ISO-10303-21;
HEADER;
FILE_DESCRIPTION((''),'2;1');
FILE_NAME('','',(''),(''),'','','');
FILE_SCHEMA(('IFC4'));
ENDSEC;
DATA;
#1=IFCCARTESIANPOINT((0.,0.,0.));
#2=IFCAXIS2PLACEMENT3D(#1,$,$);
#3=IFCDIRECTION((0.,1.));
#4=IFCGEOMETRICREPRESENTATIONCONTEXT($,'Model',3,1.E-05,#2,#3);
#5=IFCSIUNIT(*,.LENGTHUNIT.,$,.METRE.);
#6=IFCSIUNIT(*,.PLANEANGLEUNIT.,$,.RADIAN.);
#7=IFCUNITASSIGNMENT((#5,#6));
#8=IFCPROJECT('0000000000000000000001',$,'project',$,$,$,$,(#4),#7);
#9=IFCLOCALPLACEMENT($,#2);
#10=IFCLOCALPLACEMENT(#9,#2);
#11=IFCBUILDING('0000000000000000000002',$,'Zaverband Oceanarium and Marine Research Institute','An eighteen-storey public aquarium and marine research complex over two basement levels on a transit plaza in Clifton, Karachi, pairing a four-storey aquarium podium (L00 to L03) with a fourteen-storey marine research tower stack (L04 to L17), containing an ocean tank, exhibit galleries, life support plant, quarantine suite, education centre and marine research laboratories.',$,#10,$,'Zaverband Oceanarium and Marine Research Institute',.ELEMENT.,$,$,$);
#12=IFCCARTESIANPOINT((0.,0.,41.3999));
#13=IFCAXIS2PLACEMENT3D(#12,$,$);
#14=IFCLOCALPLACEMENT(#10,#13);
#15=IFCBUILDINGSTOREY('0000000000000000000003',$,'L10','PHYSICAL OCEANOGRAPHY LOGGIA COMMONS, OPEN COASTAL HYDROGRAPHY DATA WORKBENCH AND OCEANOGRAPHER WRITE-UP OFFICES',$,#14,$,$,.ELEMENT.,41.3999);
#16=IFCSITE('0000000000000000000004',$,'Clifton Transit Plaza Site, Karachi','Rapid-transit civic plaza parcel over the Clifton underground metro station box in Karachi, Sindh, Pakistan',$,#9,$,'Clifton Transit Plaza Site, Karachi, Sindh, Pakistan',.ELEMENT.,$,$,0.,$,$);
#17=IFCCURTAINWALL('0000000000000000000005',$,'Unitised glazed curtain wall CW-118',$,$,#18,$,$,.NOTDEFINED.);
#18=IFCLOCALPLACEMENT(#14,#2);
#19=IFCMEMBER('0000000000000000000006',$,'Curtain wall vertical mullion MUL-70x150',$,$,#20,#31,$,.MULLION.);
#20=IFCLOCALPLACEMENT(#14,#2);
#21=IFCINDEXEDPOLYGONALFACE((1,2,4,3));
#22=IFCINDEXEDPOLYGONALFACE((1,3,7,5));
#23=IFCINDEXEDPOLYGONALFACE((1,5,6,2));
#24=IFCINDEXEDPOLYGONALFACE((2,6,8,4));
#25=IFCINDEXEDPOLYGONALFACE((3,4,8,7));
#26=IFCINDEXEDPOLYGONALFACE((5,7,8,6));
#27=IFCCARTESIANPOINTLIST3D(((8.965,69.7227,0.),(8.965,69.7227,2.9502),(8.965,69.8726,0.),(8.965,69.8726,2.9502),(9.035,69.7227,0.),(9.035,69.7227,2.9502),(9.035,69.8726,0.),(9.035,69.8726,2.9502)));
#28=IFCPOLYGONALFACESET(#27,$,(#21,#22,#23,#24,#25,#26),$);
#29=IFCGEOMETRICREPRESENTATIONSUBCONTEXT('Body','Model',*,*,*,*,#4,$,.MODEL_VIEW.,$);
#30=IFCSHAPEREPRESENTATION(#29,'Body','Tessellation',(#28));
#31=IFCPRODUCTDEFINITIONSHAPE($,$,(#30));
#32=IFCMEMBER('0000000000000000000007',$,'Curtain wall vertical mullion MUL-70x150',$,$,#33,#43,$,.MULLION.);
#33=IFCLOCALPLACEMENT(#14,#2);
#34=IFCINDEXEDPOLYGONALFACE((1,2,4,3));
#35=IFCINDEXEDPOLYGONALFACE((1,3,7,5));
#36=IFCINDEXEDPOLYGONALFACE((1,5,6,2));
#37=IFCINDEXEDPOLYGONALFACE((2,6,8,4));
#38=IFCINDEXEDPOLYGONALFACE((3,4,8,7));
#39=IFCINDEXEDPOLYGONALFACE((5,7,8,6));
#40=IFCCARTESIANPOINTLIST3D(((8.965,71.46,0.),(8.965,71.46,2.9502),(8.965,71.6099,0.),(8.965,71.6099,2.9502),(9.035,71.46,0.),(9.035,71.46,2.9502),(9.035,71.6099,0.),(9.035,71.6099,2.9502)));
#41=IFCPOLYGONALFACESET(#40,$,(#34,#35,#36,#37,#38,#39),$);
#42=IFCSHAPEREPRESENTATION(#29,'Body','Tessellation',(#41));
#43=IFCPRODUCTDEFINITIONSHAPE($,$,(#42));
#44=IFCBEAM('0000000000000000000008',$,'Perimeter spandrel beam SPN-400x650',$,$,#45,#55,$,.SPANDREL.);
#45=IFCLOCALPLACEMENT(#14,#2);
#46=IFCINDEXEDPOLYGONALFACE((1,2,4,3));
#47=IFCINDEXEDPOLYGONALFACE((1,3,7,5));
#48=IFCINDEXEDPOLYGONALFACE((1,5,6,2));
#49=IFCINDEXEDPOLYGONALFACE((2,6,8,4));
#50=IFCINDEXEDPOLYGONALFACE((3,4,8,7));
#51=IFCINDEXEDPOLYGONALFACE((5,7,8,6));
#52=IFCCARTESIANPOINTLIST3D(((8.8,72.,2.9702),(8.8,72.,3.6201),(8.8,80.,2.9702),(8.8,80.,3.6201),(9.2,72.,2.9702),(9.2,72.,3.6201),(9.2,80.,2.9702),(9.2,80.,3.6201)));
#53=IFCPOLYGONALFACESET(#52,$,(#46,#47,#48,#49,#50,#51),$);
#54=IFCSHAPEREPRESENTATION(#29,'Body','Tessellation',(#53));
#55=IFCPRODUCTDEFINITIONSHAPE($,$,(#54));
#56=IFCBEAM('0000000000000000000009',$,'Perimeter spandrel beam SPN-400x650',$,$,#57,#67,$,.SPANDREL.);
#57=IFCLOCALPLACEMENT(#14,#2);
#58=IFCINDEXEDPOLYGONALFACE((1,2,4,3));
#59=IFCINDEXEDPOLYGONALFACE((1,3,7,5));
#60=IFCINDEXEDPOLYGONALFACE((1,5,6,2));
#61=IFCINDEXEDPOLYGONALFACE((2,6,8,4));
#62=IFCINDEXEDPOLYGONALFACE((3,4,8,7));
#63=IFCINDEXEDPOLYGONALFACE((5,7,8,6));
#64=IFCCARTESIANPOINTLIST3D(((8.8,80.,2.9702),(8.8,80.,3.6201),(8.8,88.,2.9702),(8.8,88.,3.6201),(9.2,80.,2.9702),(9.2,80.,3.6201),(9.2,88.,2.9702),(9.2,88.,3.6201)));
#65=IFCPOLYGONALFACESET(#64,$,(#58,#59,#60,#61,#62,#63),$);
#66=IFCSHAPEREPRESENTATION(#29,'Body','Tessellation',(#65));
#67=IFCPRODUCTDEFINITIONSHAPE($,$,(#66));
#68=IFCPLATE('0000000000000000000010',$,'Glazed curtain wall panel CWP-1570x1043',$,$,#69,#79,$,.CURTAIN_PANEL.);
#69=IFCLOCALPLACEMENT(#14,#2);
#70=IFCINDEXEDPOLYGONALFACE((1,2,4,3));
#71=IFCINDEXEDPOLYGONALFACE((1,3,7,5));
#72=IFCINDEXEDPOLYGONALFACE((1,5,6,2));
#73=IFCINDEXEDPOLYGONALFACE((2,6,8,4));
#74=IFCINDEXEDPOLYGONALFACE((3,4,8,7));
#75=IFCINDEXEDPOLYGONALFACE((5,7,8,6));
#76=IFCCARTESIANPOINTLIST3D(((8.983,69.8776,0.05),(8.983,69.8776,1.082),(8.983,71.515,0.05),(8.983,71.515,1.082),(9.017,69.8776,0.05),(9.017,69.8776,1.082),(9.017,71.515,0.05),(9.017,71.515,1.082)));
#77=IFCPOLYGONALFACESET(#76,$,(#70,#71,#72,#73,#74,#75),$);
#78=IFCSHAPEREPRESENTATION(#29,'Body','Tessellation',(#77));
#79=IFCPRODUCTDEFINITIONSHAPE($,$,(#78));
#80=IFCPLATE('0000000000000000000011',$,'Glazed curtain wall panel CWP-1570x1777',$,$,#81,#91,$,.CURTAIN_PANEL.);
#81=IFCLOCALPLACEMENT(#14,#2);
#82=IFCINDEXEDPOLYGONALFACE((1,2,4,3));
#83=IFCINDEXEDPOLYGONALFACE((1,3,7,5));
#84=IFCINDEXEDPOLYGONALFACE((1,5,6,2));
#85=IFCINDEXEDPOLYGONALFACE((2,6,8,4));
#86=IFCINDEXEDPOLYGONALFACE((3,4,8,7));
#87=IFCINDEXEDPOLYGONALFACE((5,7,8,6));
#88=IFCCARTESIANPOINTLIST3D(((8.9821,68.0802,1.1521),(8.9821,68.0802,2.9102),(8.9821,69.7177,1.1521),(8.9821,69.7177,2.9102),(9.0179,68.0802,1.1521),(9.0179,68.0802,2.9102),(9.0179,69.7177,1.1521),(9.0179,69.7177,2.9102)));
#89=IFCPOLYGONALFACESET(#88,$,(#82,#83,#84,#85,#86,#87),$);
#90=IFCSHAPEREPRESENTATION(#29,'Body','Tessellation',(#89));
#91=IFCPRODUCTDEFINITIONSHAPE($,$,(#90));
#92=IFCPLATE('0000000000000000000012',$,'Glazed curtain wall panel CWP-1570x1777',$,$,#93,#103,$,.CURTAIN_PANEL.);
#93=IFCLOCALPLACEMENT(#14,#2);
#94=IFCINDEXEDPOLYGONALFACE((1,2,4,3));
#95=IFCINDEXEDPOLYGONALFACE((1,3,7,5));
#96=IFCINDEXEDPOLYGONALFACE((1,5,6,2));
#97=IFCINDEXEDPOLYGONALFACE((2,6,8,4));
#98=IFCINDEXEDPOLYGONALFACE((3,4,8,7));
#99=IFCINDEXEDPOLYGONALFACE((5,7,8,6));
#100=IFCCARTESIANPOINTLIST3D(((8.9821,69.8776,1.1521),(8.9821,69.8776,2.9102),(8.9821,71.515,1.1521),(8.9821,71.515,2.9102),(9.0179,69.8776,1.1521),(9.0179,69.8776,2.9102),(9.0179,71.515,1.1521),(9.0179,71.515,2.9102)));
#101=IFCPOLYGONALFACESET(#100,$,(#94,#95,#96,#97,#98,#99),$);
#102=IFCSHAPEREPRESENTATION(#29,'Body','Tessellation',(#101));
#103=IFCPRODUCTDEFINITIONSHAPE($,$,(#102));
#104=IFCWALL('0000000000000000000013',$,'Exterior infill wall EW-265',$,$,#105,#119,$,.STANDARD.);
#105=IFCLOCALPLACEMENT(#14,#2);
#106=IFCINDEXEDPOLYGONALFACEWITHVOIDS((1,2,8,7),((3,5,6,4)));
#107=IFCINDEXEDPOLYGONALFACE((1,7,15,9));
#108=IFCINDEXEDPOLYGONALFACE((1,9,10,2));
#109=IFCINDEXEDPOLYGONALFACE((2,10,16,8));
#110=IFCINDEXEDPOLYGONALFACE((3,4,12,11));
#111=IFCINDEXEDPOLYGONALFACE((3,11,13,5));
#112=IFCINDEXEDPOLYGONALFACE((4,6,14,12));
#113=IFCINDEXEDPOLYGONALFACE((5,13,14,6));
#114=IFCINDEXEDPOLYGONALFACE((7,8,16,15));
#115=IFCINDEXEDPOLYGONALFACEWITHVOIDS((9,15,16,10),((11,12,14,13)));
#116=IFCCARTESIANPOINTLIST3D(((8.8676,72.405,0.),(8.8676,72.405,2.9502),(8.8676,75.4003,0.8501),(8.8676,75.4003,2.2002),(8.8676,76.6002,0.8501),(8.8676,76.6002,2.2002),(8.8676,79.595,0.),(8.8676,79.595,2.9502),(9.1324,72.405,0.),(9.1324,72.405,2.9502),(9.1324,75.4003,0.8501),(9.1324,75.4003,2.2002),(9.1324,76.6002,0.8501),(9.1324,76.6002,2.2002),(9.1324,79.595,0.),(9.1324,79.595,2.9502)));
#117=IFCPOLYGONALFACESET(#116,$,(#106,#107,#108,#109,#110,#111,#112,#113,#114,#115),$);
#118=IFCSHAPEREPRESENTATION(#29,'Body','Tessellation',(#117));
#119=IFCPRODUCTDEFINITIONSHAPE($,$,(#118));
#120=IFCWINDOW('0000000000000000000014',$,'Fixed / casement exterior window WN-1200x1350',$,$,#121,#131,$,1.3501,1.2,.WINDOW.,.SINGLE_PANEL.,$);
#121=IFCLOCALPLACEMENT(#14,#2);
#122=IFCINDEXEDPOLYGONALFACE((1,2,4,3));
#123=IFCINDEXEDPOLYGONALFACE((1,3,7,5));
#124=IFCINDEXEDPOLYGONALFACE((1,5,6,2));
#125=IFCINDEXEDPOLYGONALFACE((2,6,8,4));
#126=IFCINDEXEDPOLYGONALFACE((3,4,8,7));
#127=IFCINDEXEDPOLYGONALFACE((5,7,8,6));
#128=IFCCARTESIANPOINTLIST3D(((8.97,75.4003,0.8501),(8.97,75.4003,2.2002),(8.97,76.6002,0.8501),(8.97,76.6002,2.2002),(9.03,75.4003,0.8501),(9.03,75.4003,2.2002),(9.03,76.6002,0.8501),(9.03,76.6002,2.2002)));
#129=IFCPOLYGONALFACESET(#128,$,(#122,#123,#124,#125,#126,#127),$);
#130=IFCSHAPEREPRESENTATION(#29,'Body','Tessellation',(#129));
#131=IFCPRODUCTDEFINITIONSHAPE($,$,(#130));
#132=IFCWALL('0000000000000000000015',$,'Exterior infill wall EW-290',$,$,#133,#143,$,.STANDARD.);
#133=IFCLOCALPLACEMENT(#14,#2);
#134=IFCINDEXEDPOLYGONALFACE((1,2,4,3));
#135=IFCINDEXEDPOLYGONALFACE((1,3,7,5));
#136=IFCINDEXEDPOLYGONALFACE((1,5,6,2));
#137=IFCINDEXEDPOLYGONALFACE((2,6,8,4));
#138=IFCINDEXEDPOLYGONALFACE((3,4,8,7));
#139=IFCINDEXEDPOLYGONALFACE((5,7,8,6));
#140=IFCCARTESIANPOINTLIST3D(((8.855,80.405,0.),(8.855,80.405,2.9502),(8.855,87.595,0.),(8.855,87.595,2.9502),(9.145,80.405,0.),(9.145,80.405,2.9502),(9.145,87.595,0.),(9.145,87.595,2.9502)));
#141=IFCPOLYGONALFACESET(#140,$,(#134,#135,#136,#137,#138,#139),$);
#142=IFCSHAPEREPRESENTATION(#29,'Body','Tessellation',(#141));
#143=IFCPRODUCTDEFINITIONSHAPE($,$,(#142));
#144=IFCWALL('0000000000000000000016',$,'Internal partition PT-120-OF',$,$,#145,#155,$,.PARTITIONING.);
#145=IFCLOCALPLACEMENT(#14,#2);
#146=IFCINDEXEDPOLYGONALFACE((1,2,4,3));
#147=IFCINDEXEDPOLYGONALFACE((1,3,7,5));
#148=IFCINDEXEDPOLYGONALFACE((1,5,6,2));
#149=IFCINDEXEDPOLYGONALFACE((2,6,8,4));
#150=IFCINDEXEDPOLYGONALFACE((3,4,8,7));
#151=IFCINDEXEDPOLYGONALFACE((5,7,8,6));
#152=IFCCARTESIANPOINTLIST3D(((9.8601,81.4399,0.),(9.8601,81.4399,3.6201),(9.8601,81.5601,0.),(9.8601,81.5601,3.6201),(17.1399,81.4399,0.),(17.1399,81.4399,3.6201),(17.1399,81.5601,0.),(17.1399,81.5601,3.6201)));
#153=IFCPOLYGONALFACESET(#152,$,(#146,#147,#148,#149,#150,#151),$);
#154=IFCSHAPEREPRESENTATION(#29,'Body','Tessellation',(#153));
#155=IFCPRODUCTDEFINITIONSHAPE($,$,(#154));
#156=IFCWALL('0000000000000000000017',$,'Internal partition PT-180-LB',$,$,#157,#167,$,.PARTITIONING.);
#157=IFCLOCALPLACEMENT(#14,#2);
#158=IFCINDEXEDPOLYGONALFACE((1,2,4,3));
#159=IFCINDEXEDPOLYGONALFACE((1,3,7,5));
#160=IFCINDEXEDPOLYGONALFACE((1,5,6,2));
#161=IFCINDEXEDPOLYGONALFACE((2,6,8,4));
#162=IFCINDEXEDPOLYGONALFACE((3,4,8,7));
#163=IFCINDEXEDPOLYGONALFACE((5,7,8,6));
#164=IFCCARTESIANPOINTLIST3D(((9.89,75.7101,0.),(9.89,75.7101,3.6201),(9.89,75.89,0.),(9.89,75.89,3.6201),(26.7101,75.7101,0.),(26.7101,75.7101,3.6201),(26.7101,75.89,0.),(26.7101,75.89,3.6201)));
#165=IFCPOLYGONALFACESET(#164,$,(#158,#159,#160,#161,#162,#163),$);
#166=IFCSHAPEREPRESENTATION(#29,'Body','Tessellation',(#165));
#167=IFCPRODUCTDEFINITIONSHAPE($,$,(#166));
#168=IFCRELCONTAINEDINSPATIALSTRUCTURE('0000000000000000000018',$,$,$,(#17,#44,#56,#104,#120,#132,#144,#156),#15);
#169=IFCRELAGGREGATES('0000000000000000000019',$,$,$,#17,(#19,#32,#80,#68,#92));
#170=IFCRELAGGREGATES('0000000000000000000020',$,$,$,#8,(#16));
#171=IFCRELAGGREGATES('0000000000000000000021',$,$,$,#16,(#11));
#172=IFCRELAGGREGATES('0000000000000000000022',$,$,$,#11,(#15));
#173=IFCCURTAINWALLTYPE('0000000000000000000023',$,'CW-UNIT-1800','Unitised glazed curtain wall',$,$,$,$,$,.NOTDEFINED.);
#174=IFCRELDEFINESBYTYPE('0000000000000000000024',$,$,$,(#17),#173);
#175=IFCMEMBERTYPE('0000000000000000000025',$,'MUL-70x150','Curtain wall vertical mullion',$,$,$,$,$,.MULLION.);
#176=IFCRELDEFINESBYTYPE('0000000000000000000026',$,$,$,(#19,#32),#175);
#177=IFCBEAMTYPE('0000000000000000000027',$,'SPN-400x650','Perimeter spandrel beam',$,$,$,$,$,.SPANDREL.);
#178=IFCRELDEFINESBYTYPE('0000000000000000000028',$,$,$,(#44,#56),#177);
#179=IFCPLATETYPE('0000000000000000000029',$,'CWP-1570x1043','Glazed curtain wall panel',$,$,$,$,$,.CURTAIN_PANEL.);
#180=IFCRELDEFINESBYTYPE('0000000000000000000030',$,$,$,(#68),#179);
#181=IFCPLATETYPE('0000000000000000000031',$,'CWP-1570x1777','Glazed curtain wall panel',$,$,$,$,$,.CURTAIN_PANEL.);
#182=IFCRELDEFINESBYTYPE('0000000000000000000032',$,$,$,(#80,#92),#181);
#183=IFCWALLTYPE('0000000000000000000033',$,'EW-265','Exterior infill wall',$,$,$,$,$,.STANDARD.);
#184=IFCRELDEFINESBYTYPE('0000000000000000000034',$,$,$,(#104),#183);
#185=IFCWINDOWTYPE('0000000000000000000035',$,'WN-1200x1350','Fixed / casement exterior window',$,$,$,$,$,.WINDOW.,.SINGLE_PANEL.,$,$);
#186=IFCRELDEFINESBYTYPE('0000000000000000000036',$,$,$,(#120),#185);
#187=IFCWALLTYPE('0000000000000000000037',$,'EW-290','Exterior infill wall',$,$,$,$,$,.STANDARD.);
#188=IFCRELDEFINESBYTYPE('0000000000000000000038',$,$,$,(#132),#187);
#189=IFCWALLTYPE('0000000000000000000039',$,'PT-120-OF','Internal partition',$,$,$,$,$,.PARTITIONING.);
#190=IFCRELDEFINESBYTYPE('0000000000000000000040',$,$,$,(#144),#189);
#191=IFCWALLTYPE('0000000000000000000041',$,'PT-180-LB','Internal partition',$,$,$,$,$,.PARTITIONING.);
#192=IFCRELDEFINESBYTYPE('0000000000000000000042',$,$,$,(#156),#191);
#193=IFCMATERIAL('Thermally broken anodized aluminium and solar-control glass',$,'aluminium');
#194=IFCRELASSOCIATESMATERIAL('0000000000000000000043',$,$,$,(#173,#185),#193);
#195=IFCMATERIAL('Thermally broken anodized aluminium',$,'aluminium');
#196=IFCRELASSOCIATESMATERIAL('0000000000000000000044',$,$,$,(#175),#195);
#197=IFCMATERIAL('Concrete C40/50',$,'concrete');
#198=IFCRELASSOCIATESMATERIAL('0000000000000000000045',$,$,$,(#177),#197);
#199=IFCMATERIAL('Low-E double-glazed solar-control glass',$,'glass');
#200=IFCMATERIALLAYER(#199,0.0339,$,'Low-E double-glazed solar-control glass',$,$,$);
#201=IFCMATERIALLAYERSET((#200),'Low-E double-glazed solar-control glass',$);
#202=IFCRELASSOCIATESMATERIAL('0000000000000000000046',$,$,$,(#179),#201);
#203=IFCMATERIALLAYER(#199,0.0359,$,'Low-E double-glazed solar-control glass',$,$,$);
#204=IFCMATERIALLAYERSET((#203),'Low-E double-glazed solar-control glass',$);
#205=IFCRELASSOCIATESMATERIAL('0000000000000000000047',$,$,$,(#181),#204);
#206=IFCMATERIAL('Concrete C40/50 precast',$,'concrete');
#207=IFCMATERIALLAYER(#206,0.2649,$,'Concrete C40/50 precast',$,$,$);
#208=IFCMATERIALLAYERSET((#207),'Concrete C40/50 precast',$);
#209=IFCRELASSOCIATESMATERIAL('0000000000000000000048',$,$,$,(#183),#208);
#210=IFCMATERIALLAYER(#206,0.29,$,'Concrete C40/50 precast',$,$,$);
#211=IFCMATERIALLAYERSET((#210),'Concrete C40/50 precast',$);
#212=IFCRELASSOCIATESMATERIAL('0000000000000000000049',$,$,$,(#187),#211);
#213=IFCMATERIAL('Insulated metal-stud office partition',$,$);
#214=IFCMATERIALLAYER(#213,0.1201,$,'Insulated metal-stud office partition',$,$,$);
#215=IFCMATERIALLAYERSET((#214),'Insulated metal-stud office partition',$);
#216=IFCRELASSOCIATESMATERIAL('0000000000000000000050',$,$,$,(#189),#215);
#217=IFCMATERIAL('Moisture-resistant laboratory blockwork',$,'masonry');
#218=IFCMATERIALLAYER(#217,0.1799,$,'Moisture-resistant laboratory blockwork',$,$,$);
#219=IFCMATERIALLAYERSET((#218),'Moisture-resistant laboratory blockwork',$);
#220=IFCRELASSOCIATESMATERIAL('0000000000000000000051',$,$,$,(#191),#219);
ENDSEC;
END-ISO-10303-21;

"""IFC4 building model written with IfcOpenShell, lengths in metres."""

from ifc_helpers import new_model, si_unit, direction, frame, frame_2d, origin, origin_2d, place, context, subcontext, project, spatial, rectangle, extrude, material, layer, layer_set, material_profile, profile_set, type_object, element, fill, aggregate, save


model = new_model("IFC4")

# Units and contexts
model_context = context("Model", 3, precision=1e-05, world=origin(), true_north=direction((0.0, 1.0)))
body_context = subcontext(model_context, "Body", "Model", "MODEL_VIEW")
ifc_project = project(units=[si_unit("LENGTHUNIT", "METRE"), si_unit("PLANEANGLEUNIT", "RADIAN")], contexts=[model_context])

# Site, building, storey
site_placement = place(None, origin())
site = spatial("IfcSite", under=ifc_project, at=site_placement, Name="Clifton Transit Plaza Site, Karachi", Description="Rapid-transit civic plaza parcel over the Clifton underground metro station box in Karachi, Sindh, Pakistan", LongName="Clifton Transit Plaza Site, Karachi, Sindh, Pakistan", CompositionType="ELEMENT", RefElevation=0.0)
building_placement = place(site_placement, origin())
building = spatial("IfcBuilding", under=site, at=building_placement, Name="Zaverband Oceanarium and Marine Research Institute", Description="An eighteen-storey public aquarium and marine research complex over two basement levels on a transit plaza in Clifton, Karachi, pairing a four-storey aquarium podium (L00 to L03) with a fourteen-storey marine research tower stack (L04 to L17), containing an ocean tank, exhibit galleries, life support plant, quarantine suite, education centre and marine research laboratories.", LongName="Zaverband Oceanarium and Marine Research Institute", CompositionType="ELEMENT")
storey_placement = place(building_placement, frame((0.0, 0.0, 41.3999)))
storey = spatial("IfcBuildingStorey", under=building, at=storey_placement, Name="L10", Description="PHYSICAL OCEANOGRAPHY LOGGIA COMMONS, OPEN COASTAL HYDROGRAPHY DATA WORKBENCH AND OCEANOGRAPHER WRITE-UP OFFICES", CompositionType="ELEMENT", Elevation=41.3999)

# Shared definitions
ifc_material_1 = material(Name="Concrete C40/50", Category="concrete")

# Curtain wall, members
ifc_material_2 = material(Name="Thermally broken anodized aluminium and solar-control glass", Category="aluminium")
curtain_wall_type = type_object("IfcCurtainWallType", Name="CW-UNIT-1800", Description="Unitised glazed curtain wall", PredefinedType="NOTDEFINED", material=ifc_material_2)
curtain_wall_placement = place(storey_placement, origin())
curtain_wall = element("IfcCurtainWall", 1, at=curtain_wall_placement, inside=storey, type_object=curtain_wall_type, Name="Unitised glazed curtain wall CW-118", PredefinedType="NOTDEFINED")
ifc_material_3 = material(Name="Thermally broken anodized aluminium", Category="aluminium")
ifc_material_profile_1 = material_profile(ifc_material_3, rectangle(XDim=0.0701, YDim=0.1499, at=origin_2d()), Name="AL-MUL-70x150")
ifc_profile_set_1 = profile_set([ifc_material_profile_1], Name="Thermally broken anodized aluminium")
member_type_1 = type_object("IfcMemberType", Name="MUL-70x150", Description="Curtain wall vertical mullion", PredefinedType="MULLION", material=ifc_profile_set_1)
member_1_placement = place(storey_placement, frame((9.0, 69.7976, 0.0), z_axis=(0.0, 0.0, 1.0), x_axis=(1.0, 0.0, 0.0)))
member_1 = element("IfcMember", 2, at=member_1_placement, type_object=member_type_1, Name="Curtain wall vertical mullion MUL-70x150", PredefinedType="MULLION", context=body_context, shape_type="SweptSolid", body=[
    extrude(rectangle(XDim=0.0701, YDim=0.1499, at=origin_2d()), origin(), (0.0, 0.0, 1.0), 2.9502),
])
member_2_placement = place(storey_placement, frame((9.0, 71.5349, 0.0), z_axis=(0.0, 0.0, 1.0), x_axis=(1.0, 0.0, 0.0)))
member_2 = element("IfcMember", 3, at=member_2_placement, type_object=member_type_1, Name="Curtain wall vertical mullion MUL-70x150", PredefinedType="MULLION", context=body_context, shape_type="SweptSolid", body=[
    extrude(rectangle(XDim=0.0701, YDim=0.1499, at=origin_2d()), origin(), (0.0, 0.0, 1.0), 2.9502),
])

# Beams
ifc_material_profile_2 = material_profile(ifc_material_1, rectangle(XDim=0.3999, YDim=0.6499, at=origin_2d()), Name="RC400x650")
ifc_profile_set_2 = profile_set([ifc_material_profile_2], Name="Concrete C40/50")
beam_type_1 = type_object("IfcBeamType", Name="SPN-400x650", Description="Perimeter spandrel beam", PredefinedType="SPANDREL", material=ifc_profile_set_2)
for number, where, z_axis, x_axis, name in (
    (4, (9.0, 72.0, 3.2952), (0.0, 1.0, 0.0), (-1.0, 0.0, 0.0), "Perimeter spandrel beam SPN-400x650"),
    (5, (9.0, 80.0, 3.2952), (0.0, 1.0, 0.0), (-1.0, 0.0, 0.0), "Perimeter spandrel beam SPN-400x650"),
):
    element("IfcBeam", number, at=place(storey_placement, frame(where, z_axis=z_axis, x_axis=x_axis)), inside=storey, type_object=beam_type_1, Name=name, PredefinedType="SPANDREL", context=body_context, shape_type="SweptSolid", body=[
        extrude(rectangle(XDim=0.3999, YDim=0.6499, at=origin_2d()), origin(), (0.0, 0.0, 1.0), 8.0),
    ])

# Plates
ifc_material_4 = material(Name="Low-E double-glazed solar-control glass", Category="glass")
ifc_layer_1 = layer(ifc_material_4, 0.0339, Name="Low-E double-glazed solar-control glass")
ifc_layer_set_1 = layer_set([ifc_layer_1], Name="Low-E double-glazed solar-control glass")
plate_type_1 = type_object("IfcPlateType", Name="CWP-1570x1043", Description="Glazed curtain wall panel", PredefinedType="CURTAIN_PANEL", material=ifc_layer_set_1)
plate_1_placement = place(storey_placement, frame((9.0, 69.8774, 0.05), z_axis=(0.0, 0.0, 1.0), x_axis=(0.0, 1.0, 0.0)))
plate_1 = element("IfcPlate", 6, at=plate_1_placement, type_object=plate_type_1, Name="Glazed curtain wall panel CWP-1570x1043", PredefinedType="CURTAIN_PANEL", context=body_context, shape_type="SweptSolid", body=[
    extrude(rectangle(XDim=1.6375, YDim=0.0339, at=frame_2d((0.8188, 0.0))), origin(), (0.0, 0.0, 1.0), 1.032),
])
ifc_layer_2 = layer(ifc_material_4, 0.0359, Name="Low-E double-glazed solar-control glass")
ifc_layer_set_2 = layer_set([ifc_layer_2], Name="Low-E double-glazed solar-control glass")
plate_type_2 = type_object("IfcPlateType", Name="CWP-1570x1777", Description="Glazed curtain wall panel", PredefinedType="CURTAIN_PANEL", material=ifc_layer_set_2)
plate_2_placement = place(storey_placement, frame((9.0, 68.0801, 1.1521), z_axis=(0.0, 0.0, 1.0), x_axis=(0.0, 1.0, 0.0)))
plate_2 = element("IfcPlate", 7, at=plate_2_placement, type_object=plate_type_2, Name="Glazed curtain wall panel CWP-1570x1777", PredefinedType="CURTAIN_PANEL", context=body_context, shape_type="SweptSolid", body=[
    extrude(rectangle(XDim=1.6375, YDim=0.0359, at=frame_2d((0.8188, 0.0))), origin(), (0.0, 0.0, 1.0), 1.7581),
])
plate_3_placement = place(storey_placement, frame((9.0, 69.8774, 1.1521), z_axis=(0.0, 0.0, 1.0), x_axis=(0.0, 1.0, 0.0)))
plate_3 = element("IfcPlate", 8, at=plate_3_placement, type_object=plate_type_2, Name="Glazed curtain wall panel CWP-1570x1777", PredefinedType="CURTAIN_PANEL", context=body_context, shape_type="SweptSolid", body=[
    extrude(rectangle(XDim=1.6375, YDim=0.0359, at=frame_2d((0.8188, 0.0))), origin(), (0.0, 0.0, 1.0), 1.7581),
])
aggregate(curtain_wall, [member_1, member_2, plate_2, plate_1, plate_3])

# Wall, opening, window
ifc_material_5 = material(Name="Concrete C40/50 precast", Category="concrete")
ifc_layer_3 = layer(ifc_material_5, 0.2649, Name="Concrete C40/50 precast")
ifc_layer_set_3 = layer_set([ifc_layer_3], Name="Concrete C40/50 precast")
wall_type_1 = type_object("IfcWallType", Name="EW-265", Description="Exterior infill wall", PredefinedType="STANDARD", material=ifc_layer_set_3)
wall_1_placement = place(storey_placement, frame((9.0, 72.405, 0.0), z_axis=(0.0, 0.0, 1.0), x_axis=(0.0, 1.0, 0.0)))
wall_1 = element("IfcWall", 9, at=wall_1_placement, inside=storey, type_object=wall_type_1, Name="Exterior infill wall EW-265", PredefinedType="STANDARD", context=body_context, shape_type="SweptSolid", body=[
    extrude(rectangle(XDim=7.1899, YDim=0.2649, at=frame_2d((3.595, 0.0))), origin(), (0.0, 0.0, 1.0), 2.9502),
])
opening_placement = place(wall_1_placement, frame((2.9951, 0.0, 0.8501)))
opening = element("IfcOpeningElement", 10, at=opening_placement, cuts=wall_1, PredefinedType="OPENING", context=body_context, shape_type="SweptSolid", body=[
    extrude(rectangle(XDim=1.2, YDim=1.3501, at=frame_2d((0.6001, 0.675))), frame((0.0, 0.1445, 0.0), z_axis=(0.0, -1.0, 0.0), x_axis=(1.0, 0.0, 0.0)), (0.0, 0.0, 1.0), 0.2888),
])
window_type = type_object("IfcWindowType", Name="WN-1200x1350", Description="Fixed / casement exterior window", PartitioningType="SINGLE_PANEL", PredefinedType="WINDOW", material=ifc_material_2)
window_placement = place(opening_placement, origin())
window = element("IfcWindow", 11, at=window_placement, inside=storey, type_object=window_type, Name="Fixed / casement exterior window WN-1200x1350", OverallHeight=1.3501, OverallWidth=1.2, PartitioningType="SINGLE_PANEL", PredefinedType="WINDOW", context=body_context, shape_type="SweptSolid", body=[
    extrude(rectangle(XDim=1.2, YDim=1.3501, at=frame_2d((0.6001, 0.675))), frame((0.0, 0.03, 0.0), z_axis=(0.0, -1.0, 0.0), x_axis=(1.0, 0.0, 0.0)), (0.0, 0.0, 1.0), 0.0601),
])
fill(opening, window)

# Walls
ifc_layer_4 = layer(ifc_material_5, 0.29, Name="Concrete C40/50 precast")
ifc_layer_set_4 = layer_set([ifc_layer_4], Name="Concrete C40/50 precast")
wall_type_2 = type_object("IfcWallType", Name="EW-290", Description="Exterior infill wall", PredefinedType="STANDARD", material=ifc_layer_set_4)
wall_2_placement = place(storey_placement, frame((9.0, 80.405, 0.0), z_axis=(0.0, 0.0, 1.0), x_axis=(0.0, 1.0, 0.0)))
element("IfcWall", 12, at=wall_2_placement, inside=storey, type_object=wall_type_2, Name="Exterior infill wall EW-290", PredefinedType="STANDARD", context=body_context, shape_type="SweptSolid", body=[
    extrude(rectangle(XDim=7.1899, YDim=0.29, at=frame_2d((3.595, 0.0))), origin(), (0.0, 0.0, 1.0), 2.9502),
])
ifc_material_6 = material(Name="Insulated metal-stud office partition")
ifc_layer_5 = layer(ifc_material_6, 0.1201, Name="Insulated metal-stud office partition")
ifc_layer_set_5 = layer_set([ifc_layer_5], Name="Insulated metal-stud office partition")
wall_type_3 = type_object("IfcWallType", Name="PT-120-OF", Description="Internal partition", PredefinedType="PARTITIONING", material=ifc_layer_set_5)
wall_3_placement = place(storey_placement, frame((9.8601, 81.5, 0.0), z_axis=(0.0, 0.0, 1.0), x_axis=(1.0, 0.0, 0.0)))
element("IfcWall", 13, at=wall_3_placement, inside=storey, type_object=wall_type_3, Name="Internal partition PT-120-OF", PredefinedType="PARTITIONING", context=body_context, shape_type="SweptSolid", body=[
    extrude(rectangle(XDim=7.2798, YDim=0.1201, at=frame_2d((3.6399, 0.0))), origin(), (0.0, 0.0, 1.0), 3.6201),
])
ifc_material_7 = material(Name="Moisture-resistant laboratory blockwork", Category="masonry")
ifc_layer_6 = layer(ifc_material_7, 0.1799, Name="Moisture-resistant laboratory blockwork")
ifc_layer_set_6 = layer_set([ifc_layer_6], Name="Moisture-resistant laboratory blockwork")
wall_type_4 = type_object("IfcWallType", Name="PT-180-LB", Description="Internal partition", PredefinedType="PARTITIONING", material=ifc_layer_set_6)
wall_4_placement = place(storey_placement, frame((9.8899, 75.8, 0.0), z_axis=(0.0, 0.0, 1.0), x_axis=(1.0, 0.0, 0.0)))
element("IfcWall", 14, at=wall_4_placement, inside=storey, type_object=wall_type_4, Name="Internal partition PT-180-LB", PredefinedType="PARTITIONING", context=body_context, shape_type="SweptSolid", body=[
    extrude(rectangle(XDim=16.8201, YDim=0.1799, at=frame_2d((8.4102, 0.0))), origin(), (0.0, 0.0, 1.0), 3.6201),
])

save(model, "model.ifc")
